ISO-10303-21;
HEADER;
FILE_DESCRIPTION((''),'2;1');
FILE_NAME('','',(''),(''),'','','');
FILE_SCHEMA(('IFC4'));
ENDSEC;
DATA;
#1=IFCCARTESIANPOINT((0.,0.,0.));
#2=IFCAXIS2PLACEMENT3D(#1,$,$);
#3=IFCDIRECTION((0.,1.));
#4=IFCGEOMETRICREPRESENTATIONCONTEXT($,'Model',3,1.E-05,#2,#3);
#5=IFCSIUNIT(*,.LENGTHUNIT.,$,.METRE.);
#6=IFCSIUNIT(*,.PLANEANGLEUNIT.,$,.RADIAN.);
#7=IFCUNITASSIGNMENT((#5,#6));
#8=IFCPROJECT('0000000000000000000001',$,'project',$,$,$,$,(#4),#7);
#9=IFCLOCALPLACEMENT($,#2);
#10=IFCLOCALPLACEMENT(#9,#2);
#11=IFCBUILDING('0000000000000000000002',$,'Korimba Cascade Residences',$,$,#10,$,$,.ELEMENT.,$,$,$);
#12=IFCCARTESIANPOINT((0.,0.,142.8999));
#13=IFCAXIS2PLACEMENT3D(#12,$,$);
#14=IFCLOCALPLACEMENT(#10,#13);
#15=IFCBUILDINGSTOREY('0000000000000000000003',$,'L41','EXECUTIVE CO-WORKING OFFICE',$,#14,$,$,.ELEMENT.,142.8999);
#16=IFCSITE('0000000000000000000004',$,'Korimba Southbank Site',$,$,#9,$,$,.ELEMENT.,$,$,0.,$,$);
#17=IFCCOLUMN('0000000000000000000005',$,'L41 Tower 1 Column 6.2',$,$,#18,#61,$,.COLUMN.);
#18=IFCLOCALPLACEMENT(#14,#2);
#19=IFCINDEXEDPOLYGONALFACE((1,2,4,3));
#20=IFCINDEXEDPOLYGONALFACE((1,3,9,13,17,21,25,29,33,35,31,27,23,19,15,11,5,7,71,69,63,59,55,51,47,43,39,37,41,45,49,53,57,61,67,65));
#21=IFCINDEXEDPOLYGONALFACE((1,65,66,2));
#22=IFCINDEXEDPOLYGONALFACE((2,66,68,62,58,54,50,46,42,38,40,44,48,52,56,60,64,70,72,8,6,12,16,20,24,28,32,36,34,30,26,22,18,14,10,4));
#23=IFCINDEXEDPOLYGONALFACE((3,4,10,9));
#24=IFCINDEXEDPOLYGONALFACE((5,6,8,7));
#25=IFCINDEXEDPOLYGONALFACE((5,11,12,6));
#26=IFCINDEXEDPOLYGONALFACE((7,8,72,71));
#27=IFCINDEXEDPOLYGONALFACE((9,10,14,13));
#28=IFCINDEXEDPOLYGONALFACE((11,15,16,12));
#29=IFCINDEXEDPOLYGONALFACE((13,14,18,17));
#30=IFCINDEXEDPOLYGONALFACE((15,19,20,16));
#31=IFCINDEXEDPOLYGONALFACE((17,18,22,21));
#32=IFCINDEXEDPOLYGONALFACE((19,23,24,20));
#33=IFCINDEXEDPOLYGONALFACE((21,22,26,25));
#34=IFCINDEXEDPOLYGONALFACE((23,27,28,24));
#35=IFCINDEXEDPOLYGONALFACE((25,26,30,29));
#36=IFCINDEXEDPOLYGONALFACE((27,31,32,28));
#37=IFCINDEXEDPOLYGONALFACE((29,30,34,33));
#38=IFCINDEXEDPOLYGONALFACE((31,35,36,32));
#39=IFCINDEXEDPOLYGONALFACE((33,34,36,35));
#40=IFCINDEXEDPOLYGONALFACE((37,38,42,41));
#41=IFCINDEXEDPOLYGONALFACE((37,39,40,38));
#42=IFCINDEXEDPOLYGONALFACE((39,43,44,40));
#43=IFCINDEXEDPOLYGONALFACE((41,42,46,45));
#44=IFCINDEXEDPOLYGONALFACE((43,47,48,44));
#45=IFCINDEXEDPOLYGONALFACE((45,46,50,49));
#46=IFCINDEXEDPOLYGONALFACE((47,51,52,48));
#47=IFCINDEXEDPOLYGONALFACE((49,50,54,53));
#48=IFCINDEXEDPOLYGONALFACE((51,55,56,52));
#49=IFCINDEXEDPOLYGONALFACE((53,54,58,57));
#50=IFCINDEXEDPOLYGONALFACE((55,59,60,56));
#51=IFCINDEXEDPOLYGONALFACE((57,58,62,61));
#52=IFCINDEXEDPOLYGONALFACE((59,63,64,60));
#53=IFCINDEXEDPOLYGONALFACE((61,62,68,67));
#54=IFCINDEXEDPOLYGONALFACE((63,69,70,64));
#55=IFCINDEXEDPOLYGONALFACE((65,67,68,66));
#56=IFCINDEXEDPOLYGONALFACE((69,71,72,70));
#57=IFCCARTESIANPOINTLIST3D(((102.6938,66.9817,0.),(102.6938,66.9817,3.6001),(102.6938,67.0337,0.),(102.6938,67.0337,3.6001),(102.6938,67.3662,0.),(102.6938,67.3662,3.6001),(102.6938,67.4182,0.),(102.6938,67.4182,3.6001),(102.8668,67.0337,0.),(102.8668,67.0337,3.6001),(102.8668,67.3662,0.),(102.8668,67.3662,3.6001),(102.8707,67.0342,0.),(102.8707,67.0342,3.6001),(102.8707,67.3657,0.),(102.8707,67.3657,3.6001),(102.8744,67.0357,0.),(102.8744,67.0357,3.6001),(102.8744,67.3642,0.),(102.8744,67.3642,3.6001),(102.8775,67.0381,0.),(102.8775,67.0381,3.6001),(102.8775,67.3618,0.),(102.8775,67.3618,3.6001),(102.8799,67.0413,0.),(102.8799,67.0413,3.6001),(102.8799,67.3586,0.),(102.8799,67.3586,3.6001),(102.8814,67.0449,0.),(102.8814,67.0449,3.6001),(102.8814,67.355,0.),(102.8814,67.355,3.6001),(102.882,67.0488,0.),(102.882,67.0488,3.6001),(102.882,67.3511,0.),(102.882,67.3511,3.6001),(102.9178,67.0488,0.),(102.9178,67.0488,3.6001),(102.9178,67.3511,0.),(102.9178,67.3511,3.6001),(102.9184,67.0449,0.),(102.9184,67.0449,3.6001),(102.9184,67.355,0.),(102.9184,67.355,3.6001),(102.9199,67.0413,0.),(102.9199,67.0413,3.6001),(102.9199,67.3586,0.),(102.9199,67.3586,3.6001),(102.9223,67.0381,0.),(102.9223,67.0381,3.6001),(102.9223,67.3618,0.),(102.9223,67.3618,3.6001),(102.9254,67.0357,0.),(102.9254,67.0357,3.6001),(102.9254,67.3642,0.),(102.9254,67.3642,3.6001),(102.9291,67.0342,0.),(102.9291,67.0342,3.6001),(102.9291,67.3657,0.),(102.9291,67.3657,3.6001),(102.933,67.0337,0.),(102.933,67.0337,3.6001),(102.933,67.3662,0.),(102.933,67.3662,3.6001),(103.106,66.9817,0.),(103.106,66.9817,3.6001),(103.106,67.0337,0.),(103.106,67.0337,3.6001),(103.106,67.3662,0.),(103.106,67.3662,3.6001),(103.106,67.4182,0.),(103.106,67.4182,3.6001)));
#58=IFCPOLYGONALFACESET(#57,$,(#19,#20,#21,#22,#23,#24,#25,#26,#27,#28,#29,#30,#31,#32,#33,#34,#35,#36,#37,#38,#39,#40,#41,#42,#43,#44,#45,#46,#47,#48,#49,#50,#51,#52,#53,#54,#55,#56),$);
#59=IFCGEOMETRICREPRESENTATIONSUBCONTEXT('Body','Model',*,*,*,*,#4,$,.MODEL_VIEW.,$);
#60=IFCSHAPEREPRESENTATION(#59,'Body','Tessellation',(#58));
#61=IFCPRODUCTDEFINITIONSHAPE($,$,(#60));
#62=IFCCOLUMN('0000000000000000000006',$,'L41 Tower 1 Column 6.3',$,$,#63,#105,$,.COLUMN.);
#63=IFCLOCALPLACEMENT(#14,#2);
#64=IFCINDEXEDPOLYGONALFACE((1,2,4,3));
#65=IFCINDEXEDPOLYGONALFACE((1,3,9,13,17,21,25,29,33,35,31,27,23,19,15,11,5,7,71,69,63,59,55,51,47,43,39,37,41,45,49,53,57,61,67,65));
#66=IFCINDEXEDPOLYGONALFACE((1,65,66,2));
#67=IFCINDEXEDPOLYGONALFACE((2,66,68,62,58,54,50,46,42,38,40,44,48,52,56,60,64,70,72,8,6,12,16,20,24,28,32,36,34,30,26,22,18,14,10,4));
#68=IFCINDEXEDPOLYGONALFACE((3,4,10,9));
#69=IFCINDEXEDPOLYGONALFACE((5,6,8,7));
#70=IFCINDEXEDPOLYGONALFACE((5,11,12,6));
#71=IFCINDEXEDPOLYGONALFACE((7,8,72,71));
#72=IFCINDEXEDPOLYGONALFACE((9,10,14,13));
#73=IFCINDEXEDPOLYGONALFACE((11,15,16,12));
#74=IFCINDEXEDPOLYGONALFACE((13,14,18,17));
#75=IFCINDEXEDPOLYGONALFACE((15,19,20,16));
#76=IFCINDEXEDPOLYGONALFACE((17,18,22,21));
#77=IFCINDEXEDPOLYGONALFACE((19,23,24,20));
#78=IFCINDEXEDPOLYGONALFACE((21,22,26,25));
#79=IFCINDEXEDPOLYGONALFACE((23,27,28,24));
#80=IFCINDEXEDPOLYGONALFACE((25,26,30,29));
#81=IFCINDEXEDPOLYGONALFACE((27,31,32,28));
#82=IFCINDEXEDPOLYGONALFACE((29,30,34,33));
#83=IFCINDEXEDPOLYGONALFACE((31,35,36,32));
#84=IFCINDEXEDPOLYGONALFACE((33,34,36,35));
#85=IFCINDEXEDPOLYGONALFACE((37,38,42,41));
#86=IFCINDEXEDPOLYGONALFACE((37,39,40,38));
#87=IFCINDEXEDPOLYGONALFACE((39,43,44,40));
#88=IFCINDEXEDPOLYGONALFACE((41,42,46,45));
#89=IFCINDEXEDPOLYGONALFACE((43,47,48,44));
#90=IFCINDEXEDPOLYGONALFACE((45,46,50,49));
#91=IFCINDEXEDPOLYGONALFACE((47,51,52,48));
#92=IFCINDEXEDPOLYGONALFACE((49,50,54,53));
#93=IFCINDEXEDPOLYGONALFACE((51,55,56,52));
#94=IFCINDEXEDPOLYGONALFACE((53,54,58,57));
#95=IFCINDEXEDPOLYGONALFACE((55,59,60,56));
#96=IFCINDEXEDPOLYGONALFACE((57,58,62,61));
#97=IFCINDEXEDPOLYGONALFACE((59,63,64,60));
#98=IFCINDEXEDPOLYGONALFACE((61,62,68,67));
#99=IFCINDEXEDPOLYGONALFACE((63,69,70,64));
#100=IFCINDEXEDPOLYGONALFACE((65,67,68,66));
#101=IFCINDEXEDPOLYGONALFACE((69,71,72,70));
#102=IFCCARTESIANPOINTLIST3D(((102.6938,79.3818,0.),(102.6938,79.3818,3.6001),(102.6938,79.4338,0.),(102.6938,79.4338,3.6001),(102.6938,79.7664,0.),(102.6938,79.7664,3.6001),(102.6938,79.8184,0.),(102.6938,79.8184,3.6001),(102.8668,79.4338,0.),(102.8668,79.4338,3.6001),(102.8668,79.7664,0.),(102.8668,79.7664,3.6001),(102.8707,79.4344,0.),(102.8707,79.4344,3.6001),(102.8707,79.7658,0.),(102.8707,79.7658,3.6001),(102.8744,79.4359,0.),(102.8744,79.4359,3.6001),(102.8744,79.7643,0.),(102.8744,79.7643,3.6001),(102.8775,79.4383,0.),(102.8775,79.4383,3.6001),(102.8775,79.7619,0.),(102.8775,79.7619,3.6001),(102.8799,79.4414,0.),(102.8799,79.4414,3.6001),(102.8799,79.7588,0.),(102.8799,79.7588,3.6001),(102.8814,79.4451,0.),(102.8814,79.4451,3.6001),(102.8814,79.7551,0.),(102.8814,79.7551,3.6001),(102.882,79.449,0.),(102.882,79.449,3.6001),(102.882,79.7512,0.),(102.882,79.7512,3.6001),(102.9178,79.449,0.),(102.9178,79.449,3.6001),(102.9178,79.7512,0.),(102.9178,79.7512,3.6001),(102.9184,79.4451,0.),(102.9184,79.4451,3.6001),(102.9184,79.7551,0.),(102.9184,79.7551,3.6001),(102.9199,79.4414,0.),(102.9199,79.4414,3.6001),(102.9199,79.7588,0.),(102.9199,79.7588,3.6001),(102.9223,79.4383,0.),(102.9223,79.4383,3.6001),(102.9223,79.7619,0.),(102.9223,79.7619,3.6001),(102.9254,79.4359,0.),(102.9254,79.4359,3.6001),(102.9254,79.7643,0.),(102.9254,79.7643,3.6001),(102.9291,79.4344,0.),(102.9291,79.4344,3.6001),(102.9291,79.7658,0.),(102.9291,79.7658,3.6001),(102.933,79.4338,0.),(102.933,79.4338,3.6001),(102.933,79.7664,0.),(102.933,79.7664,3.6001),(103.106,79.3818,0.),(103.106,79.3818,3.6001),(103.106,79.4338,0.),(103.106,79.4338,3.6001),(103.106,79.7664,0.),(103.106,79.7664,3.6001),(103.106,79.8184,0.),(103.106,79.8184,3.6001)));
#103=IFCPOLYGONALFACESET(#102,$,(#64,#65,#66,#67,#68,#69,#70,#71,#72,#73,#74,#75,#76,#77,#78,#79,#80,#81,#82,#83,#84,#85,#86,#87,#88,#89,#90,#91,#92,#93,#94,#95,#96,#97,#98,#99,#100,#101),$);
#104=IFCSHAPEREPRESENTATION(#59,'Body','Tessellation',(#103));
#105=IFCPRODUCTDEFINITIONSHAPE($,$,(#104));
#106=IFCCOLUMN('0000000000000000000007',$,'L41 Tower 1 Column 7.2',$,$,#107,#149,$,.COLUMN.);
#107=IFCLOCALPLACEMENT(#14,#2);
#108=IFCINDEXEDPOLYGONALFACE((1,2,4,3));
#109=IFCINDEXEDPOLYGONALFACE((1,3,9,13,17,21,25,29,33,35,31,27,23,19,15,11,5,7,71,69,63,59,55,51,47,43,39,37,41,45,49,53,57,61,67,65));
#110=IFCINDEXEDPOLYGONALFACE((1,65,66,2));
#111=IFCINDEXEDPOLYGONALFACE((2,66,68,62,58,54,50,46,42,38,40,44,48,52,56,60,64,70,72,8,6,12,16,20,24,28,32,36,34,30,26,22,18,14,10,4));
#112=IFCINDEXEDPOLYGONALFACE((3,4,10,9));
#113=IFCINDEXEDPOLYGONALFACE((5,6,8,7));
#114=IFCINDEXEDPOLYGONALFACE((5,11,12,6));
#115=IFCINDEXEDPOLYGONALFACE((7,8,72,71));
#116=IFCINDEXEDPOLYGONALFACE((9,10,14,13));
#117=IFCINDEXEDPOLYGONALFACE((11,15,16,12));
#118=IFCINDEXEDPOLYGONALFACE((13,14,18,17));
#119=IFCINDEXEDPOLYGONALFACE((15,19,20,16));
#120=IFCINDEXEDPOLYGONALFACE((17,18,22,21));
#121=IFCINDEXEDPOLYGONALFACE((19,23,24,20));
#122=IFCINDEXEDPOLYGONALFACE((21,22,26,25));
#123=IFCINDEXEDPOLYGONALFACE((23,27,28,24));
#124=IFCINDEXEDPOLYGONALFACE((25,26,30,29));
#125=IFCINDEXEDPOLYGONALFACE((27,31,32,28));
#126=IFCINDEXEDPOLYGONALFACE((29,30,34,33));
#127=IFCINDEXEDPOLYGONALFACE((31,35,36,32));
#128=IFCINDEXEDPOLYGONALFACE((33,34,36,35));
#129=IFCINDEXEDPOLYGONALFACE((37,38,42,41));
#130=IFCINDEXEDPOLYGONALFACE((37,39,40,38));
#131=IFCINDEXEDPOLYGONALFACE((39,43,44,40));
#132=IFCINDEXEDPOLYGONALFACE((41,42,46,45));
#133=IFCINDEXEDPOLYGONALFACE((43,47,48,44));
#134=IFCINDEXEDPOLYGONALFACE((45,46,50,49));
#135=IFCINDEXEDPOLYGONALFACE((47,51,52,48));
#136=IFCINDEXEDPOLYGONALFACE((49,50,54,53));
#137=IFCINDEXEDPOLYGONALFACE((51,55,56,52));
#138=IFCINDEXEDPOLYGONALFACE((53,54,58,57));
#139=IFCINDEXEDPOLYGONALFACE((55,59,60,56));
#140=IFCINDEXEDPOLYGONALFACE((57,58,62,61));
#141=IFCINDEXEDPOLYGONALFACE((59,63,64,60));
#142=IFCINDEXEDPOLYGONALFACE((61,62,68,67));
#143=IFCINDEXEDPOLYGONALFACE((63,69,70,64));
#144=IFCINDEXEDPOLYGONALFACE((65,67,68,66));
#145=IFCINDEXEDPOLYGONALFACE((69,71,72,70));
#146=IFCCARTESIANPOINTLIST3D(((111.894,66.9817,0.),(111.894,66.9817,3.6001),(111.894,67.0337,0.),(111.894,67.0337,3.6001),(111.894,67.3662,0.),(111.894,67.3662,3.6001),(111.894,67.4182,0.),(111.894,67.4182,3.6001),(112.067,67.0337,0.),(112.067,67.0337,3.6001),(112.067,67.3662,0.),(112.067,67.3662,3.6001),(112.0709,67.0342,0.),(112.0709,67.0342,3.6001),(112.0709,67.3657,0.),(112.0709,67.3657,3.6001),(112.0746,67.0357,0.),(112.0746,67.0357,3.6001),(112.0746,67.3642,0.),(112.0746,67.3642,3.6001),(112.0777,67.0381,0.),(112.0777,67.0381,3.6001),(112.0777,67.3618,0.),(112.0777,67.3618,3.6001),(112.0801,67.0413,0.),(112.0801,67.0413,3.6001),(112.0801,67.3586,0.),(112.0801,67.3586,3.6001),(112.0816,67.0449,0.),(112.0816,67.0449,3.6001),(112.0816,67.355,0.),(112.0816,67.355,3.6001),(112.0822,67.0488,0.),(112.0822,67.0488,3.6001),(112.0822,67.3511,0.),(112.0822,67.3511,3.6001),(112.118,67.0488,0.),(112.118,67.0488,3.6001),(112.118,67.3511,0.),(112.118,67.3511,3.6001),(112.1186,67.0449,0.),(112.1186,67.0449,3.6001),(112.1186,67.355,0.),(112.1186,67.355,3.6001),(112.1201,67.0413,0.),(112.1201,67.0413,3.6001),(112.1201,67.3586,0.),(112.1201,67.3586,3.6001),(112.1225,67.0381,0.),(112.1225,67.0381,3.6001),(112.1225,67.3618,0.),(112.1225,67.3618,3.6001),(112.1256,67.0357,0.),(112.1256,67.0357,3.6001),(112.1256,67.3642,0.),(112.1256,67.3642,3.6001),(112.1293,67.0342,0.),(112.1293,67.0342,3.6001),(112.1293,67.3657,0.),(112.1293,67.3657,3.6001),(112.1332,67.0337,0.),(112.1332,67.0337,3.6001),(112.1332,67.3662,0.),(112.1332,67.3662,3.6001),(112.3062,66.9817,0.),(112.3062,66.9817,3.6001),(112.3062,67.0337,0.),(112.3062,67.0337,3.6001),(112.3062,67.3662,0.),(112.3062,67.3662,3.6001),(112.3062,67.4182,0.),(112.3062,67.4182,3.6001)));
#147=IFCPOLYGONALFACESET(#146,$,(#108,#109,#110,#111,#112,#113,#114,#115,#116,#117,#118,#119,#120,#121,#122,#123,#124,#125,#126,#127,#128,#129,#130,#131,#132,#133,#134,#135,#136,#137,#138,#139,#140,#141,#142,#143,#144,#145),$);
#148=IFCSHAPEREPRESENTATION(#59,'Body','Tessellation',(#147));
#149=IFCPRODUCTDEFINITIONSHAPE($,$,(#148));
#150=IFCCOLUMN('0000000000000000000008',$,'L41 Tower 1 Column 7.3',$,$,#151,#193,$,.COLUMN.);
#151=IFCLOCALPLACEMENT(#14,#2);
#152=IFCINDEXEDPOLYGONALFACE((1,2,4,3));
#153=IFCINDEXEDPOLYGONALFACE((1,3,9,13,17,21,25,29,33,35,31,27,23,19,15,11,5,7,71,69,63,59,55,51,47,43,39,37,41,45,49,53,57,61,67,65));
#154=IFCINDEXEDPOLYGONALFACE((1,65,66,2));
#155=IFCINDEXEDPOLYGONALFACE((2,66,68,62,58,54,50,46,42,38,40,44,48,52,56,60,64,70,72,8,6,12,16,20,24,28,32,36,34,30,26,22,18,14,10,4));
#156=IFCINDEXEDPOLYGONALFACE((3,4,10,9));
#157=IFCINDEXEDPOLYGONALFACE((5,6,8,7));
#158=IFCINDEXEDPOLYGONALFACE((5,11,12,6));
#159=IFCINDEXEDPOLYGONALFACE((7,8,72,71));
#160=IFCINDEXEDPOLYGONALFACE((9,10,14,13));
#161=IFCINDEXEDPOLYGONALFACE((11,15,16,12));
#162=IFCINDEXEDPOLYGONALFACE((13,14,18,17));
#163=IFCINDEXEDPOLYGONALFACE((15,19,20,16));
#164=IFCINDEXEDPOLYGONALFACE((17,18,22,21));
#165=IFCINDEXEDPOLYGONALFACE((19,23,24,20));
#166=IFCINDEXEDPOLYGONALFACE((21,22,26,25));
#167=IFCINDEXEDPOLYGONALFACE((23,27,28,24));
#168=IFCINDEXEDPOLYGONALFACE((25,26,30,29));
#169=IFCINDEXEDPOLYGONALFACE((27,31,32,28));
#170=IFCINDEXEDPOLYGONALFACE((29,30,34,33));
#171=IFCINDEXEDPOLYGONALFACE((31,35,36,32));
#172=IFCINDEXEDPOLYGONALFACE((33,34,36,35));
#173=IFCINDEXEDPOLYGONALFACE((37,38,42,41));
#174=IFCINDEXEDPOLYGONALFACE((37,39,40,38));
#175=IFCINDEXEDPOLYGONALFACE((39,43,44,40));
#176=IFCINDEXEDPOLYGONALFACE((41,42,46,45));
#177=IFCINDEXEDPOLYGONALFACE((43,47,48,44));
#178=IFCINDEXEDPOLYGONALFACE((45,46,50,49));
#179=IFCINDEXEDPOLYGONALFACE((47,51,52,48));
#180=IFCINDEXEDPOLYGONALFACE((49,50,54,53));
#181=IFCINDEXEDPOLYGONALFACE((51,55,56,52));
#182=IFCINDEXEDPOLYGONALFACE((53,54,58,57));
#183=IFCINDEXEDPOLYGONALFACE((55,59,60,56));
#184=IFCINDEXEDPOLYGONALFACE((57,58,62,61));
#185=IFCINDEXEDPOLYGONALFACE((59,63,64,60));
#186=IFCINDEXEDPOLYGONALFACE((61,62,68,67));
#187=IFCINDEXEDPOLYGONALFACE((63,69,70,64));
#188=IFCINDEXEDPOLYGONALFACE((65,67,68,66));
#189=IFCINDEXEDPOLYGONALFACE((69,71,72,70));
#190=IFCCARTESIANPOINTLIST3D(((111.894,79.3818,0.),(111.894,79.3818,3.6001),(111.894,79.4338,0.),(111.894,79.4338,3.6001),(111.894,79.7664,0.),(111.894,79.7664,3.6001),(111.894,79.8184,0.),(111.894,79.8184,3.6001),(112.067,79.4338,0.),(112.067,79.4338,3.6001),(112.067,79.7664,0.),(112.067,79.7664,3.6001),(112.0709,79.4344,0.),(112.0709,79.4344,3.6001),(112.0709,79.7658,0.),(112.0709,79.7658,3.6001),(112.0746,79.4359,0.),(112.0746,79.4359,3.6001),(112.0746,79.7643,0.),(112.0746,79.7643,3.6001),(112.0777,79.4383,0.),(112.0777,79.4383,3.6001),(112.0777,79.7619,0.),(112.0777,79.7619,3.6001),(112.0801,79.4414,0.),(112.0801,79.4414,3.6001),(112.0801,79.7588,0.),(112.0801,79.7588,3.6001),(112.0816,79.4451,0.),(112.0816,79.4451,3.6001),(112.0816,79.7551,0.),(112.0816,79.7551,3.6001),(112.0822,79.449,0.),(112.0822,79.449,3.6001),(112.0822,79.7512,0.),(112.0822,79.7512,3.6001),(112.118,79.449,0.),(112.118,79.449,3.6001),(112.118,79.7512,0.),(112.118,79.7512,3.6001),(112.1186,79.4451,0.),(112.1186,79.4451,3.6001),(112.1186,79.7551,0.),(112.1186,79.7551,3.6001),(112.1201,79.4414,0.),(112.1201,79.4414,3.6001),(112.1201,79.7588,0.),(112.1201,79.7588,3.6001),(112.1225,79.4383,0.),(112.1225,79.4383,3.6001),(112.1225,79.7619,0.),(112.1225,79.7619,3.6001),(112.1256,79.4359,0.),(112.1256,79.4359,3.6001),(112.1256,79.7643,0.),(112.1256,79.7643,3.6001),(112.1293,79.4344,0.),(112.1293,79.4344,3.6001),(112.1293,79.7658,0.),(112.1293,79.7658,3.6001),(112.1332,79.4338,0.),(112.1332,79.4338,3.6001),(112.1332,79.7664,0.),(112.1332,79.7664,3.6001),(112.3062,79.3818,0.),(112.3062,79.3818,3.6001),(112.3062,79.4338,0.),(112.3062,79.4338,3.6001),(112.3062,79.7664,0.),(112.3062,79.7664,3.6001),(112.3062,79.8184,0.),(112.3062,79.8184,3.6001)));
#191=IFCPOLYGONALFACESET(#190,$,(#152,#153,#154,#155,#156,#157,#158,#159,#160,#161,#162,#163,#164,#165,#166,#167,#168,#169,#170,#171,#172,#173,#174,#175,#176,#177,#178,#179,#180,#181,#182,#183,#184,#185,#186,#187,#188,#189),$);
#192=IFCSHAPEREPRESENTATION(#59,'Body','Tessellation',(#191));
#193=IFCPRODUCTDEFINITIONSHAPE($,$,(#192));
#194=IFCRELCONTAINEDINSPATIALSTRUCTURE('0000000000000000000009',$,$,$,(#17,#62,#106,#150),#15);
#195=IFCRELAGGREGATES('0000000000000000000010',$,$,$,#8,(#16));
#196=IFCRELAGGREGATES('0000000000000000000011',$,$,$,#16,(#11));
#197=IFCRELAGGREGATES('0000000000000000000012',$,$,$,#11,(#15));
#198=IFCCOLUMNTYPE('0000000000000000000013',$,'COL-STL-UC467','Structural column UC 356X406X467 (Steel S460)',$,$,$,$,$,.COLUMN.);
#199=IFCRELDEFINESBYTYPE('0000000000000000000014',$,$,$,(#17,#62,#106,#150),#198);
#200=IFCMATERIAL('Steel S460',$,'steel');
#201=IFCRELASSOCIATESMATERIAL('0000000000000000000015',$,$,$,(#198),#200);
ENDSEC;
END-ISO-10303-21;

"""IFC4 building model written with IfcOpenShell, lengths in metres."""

from ifc_helpers import new_model, si_unit, direction, frame, origin, origin_2d, place, context, subcontext, project, spatial, i_section, extrude, material, material_profile, profile_set, type_object, element, save


model = new_model("IFC4")

# Units and contexts
model_context = context("Model", 3, precision=1e-05, world=origin(), true_north=direction((0.0, 1.0)))
body_context = subcontext(model_context, "Body", "Model", "MODEL_VIEW")
ifc_project = project(units=[si_unit("LENGTHUNIT", "METRE"), si_unit("PLANEANGLEUNIT", "RADIAN")], contexts=[model_context])

# Site, building, storey
site_placement = place(None, origin())
site = spatial("IfcSite", under=ifc_project, at=site_placement, Name="Korimba Southbank Site", CompositionType="ELEMENT", RefElevation=0.0)
building_placement = place(site_placement, origin())
building = spatial("IfcBuilding", under=site, at=building_placement, Name="Korimba Cascade Residences", CompositionType="ELEMENT")
storey_placement = place(building_placement, frame((0.0, 0.0, 142.8999)))
storey = spatial("IfcBuildingStorey", under=building, at=storey_placement, Name="L41", Description="EXECUTIVE CO-WORKING OFFICE", CompositionType="ELEMENT", Elevation=142.8999)

# Columns
ifc_material_1 = material(Name="Steel S460", Category="steel")
ifc_material_profile_1 = material_profile(ifc_material_1, i_section(OverallWidth=0.4121, OverallDepth=0.4365, WebThickness=0.0359, FlangeThickness=0.052, FilletRadius=0.0151, at=origin_2d()), Name="Steel S460")
ifc_profile_set_1 = profile_set([ifc_material_profile_1], Name="Steel S460")
column_type = type_object("IfcColumnType", Name="COL-STL-UC467", Description="Structural column UC 356X406X467 (Steel S460)", PredefinedType="COLUMN", material=ifc_profile_set_1)
for number, where, z_axis, x_axis, name in (
    (1, (102.8999, 67.2, 0.0), (0.0, 0.0, 1.0), (1.0, 0.0, 0.0), "L41 Tower 1 Column 6.2"),
    (2, (102.8999, 79.6001, 0.0), (0.0, 0.0, 1.0), (1.0, 0.0, 0.0), "L41 Tower 1 Column 6.3"),
    (3, (112.1001, 67.2, 0.0), (0.0, 0.0, 1.0), (1.0, 0.0, 0.0), "L41 Tower 1 Column 7.2"),
    (4, (112.1001, 79.6001, 0.0), (0.0, 0.0, 1.0), (1.0, 0.0, 0.0), "L41 Tower 1 Column 7.3"),
):
    element("IfcColumn", number, at=place(storey_placement, frame(where, z_axis=z_axis, x_axis=x_axis)), inside=storey, type_object=column_type, Name=name, PredefinedType="COLUMN", context=body_context, shape_type="SweptSolid", body=[
        extrude(i_section(OverallWidth=0.4121, OverallDepth=0.4365, WebThickness=0.0359, FlangeThickness=0.052, FilletRadius=0.0151, at=origin_2d()), origin(), (0.0, 0.0, 1.0), 3.6001),
    ])

save(model, "model.ifc")
